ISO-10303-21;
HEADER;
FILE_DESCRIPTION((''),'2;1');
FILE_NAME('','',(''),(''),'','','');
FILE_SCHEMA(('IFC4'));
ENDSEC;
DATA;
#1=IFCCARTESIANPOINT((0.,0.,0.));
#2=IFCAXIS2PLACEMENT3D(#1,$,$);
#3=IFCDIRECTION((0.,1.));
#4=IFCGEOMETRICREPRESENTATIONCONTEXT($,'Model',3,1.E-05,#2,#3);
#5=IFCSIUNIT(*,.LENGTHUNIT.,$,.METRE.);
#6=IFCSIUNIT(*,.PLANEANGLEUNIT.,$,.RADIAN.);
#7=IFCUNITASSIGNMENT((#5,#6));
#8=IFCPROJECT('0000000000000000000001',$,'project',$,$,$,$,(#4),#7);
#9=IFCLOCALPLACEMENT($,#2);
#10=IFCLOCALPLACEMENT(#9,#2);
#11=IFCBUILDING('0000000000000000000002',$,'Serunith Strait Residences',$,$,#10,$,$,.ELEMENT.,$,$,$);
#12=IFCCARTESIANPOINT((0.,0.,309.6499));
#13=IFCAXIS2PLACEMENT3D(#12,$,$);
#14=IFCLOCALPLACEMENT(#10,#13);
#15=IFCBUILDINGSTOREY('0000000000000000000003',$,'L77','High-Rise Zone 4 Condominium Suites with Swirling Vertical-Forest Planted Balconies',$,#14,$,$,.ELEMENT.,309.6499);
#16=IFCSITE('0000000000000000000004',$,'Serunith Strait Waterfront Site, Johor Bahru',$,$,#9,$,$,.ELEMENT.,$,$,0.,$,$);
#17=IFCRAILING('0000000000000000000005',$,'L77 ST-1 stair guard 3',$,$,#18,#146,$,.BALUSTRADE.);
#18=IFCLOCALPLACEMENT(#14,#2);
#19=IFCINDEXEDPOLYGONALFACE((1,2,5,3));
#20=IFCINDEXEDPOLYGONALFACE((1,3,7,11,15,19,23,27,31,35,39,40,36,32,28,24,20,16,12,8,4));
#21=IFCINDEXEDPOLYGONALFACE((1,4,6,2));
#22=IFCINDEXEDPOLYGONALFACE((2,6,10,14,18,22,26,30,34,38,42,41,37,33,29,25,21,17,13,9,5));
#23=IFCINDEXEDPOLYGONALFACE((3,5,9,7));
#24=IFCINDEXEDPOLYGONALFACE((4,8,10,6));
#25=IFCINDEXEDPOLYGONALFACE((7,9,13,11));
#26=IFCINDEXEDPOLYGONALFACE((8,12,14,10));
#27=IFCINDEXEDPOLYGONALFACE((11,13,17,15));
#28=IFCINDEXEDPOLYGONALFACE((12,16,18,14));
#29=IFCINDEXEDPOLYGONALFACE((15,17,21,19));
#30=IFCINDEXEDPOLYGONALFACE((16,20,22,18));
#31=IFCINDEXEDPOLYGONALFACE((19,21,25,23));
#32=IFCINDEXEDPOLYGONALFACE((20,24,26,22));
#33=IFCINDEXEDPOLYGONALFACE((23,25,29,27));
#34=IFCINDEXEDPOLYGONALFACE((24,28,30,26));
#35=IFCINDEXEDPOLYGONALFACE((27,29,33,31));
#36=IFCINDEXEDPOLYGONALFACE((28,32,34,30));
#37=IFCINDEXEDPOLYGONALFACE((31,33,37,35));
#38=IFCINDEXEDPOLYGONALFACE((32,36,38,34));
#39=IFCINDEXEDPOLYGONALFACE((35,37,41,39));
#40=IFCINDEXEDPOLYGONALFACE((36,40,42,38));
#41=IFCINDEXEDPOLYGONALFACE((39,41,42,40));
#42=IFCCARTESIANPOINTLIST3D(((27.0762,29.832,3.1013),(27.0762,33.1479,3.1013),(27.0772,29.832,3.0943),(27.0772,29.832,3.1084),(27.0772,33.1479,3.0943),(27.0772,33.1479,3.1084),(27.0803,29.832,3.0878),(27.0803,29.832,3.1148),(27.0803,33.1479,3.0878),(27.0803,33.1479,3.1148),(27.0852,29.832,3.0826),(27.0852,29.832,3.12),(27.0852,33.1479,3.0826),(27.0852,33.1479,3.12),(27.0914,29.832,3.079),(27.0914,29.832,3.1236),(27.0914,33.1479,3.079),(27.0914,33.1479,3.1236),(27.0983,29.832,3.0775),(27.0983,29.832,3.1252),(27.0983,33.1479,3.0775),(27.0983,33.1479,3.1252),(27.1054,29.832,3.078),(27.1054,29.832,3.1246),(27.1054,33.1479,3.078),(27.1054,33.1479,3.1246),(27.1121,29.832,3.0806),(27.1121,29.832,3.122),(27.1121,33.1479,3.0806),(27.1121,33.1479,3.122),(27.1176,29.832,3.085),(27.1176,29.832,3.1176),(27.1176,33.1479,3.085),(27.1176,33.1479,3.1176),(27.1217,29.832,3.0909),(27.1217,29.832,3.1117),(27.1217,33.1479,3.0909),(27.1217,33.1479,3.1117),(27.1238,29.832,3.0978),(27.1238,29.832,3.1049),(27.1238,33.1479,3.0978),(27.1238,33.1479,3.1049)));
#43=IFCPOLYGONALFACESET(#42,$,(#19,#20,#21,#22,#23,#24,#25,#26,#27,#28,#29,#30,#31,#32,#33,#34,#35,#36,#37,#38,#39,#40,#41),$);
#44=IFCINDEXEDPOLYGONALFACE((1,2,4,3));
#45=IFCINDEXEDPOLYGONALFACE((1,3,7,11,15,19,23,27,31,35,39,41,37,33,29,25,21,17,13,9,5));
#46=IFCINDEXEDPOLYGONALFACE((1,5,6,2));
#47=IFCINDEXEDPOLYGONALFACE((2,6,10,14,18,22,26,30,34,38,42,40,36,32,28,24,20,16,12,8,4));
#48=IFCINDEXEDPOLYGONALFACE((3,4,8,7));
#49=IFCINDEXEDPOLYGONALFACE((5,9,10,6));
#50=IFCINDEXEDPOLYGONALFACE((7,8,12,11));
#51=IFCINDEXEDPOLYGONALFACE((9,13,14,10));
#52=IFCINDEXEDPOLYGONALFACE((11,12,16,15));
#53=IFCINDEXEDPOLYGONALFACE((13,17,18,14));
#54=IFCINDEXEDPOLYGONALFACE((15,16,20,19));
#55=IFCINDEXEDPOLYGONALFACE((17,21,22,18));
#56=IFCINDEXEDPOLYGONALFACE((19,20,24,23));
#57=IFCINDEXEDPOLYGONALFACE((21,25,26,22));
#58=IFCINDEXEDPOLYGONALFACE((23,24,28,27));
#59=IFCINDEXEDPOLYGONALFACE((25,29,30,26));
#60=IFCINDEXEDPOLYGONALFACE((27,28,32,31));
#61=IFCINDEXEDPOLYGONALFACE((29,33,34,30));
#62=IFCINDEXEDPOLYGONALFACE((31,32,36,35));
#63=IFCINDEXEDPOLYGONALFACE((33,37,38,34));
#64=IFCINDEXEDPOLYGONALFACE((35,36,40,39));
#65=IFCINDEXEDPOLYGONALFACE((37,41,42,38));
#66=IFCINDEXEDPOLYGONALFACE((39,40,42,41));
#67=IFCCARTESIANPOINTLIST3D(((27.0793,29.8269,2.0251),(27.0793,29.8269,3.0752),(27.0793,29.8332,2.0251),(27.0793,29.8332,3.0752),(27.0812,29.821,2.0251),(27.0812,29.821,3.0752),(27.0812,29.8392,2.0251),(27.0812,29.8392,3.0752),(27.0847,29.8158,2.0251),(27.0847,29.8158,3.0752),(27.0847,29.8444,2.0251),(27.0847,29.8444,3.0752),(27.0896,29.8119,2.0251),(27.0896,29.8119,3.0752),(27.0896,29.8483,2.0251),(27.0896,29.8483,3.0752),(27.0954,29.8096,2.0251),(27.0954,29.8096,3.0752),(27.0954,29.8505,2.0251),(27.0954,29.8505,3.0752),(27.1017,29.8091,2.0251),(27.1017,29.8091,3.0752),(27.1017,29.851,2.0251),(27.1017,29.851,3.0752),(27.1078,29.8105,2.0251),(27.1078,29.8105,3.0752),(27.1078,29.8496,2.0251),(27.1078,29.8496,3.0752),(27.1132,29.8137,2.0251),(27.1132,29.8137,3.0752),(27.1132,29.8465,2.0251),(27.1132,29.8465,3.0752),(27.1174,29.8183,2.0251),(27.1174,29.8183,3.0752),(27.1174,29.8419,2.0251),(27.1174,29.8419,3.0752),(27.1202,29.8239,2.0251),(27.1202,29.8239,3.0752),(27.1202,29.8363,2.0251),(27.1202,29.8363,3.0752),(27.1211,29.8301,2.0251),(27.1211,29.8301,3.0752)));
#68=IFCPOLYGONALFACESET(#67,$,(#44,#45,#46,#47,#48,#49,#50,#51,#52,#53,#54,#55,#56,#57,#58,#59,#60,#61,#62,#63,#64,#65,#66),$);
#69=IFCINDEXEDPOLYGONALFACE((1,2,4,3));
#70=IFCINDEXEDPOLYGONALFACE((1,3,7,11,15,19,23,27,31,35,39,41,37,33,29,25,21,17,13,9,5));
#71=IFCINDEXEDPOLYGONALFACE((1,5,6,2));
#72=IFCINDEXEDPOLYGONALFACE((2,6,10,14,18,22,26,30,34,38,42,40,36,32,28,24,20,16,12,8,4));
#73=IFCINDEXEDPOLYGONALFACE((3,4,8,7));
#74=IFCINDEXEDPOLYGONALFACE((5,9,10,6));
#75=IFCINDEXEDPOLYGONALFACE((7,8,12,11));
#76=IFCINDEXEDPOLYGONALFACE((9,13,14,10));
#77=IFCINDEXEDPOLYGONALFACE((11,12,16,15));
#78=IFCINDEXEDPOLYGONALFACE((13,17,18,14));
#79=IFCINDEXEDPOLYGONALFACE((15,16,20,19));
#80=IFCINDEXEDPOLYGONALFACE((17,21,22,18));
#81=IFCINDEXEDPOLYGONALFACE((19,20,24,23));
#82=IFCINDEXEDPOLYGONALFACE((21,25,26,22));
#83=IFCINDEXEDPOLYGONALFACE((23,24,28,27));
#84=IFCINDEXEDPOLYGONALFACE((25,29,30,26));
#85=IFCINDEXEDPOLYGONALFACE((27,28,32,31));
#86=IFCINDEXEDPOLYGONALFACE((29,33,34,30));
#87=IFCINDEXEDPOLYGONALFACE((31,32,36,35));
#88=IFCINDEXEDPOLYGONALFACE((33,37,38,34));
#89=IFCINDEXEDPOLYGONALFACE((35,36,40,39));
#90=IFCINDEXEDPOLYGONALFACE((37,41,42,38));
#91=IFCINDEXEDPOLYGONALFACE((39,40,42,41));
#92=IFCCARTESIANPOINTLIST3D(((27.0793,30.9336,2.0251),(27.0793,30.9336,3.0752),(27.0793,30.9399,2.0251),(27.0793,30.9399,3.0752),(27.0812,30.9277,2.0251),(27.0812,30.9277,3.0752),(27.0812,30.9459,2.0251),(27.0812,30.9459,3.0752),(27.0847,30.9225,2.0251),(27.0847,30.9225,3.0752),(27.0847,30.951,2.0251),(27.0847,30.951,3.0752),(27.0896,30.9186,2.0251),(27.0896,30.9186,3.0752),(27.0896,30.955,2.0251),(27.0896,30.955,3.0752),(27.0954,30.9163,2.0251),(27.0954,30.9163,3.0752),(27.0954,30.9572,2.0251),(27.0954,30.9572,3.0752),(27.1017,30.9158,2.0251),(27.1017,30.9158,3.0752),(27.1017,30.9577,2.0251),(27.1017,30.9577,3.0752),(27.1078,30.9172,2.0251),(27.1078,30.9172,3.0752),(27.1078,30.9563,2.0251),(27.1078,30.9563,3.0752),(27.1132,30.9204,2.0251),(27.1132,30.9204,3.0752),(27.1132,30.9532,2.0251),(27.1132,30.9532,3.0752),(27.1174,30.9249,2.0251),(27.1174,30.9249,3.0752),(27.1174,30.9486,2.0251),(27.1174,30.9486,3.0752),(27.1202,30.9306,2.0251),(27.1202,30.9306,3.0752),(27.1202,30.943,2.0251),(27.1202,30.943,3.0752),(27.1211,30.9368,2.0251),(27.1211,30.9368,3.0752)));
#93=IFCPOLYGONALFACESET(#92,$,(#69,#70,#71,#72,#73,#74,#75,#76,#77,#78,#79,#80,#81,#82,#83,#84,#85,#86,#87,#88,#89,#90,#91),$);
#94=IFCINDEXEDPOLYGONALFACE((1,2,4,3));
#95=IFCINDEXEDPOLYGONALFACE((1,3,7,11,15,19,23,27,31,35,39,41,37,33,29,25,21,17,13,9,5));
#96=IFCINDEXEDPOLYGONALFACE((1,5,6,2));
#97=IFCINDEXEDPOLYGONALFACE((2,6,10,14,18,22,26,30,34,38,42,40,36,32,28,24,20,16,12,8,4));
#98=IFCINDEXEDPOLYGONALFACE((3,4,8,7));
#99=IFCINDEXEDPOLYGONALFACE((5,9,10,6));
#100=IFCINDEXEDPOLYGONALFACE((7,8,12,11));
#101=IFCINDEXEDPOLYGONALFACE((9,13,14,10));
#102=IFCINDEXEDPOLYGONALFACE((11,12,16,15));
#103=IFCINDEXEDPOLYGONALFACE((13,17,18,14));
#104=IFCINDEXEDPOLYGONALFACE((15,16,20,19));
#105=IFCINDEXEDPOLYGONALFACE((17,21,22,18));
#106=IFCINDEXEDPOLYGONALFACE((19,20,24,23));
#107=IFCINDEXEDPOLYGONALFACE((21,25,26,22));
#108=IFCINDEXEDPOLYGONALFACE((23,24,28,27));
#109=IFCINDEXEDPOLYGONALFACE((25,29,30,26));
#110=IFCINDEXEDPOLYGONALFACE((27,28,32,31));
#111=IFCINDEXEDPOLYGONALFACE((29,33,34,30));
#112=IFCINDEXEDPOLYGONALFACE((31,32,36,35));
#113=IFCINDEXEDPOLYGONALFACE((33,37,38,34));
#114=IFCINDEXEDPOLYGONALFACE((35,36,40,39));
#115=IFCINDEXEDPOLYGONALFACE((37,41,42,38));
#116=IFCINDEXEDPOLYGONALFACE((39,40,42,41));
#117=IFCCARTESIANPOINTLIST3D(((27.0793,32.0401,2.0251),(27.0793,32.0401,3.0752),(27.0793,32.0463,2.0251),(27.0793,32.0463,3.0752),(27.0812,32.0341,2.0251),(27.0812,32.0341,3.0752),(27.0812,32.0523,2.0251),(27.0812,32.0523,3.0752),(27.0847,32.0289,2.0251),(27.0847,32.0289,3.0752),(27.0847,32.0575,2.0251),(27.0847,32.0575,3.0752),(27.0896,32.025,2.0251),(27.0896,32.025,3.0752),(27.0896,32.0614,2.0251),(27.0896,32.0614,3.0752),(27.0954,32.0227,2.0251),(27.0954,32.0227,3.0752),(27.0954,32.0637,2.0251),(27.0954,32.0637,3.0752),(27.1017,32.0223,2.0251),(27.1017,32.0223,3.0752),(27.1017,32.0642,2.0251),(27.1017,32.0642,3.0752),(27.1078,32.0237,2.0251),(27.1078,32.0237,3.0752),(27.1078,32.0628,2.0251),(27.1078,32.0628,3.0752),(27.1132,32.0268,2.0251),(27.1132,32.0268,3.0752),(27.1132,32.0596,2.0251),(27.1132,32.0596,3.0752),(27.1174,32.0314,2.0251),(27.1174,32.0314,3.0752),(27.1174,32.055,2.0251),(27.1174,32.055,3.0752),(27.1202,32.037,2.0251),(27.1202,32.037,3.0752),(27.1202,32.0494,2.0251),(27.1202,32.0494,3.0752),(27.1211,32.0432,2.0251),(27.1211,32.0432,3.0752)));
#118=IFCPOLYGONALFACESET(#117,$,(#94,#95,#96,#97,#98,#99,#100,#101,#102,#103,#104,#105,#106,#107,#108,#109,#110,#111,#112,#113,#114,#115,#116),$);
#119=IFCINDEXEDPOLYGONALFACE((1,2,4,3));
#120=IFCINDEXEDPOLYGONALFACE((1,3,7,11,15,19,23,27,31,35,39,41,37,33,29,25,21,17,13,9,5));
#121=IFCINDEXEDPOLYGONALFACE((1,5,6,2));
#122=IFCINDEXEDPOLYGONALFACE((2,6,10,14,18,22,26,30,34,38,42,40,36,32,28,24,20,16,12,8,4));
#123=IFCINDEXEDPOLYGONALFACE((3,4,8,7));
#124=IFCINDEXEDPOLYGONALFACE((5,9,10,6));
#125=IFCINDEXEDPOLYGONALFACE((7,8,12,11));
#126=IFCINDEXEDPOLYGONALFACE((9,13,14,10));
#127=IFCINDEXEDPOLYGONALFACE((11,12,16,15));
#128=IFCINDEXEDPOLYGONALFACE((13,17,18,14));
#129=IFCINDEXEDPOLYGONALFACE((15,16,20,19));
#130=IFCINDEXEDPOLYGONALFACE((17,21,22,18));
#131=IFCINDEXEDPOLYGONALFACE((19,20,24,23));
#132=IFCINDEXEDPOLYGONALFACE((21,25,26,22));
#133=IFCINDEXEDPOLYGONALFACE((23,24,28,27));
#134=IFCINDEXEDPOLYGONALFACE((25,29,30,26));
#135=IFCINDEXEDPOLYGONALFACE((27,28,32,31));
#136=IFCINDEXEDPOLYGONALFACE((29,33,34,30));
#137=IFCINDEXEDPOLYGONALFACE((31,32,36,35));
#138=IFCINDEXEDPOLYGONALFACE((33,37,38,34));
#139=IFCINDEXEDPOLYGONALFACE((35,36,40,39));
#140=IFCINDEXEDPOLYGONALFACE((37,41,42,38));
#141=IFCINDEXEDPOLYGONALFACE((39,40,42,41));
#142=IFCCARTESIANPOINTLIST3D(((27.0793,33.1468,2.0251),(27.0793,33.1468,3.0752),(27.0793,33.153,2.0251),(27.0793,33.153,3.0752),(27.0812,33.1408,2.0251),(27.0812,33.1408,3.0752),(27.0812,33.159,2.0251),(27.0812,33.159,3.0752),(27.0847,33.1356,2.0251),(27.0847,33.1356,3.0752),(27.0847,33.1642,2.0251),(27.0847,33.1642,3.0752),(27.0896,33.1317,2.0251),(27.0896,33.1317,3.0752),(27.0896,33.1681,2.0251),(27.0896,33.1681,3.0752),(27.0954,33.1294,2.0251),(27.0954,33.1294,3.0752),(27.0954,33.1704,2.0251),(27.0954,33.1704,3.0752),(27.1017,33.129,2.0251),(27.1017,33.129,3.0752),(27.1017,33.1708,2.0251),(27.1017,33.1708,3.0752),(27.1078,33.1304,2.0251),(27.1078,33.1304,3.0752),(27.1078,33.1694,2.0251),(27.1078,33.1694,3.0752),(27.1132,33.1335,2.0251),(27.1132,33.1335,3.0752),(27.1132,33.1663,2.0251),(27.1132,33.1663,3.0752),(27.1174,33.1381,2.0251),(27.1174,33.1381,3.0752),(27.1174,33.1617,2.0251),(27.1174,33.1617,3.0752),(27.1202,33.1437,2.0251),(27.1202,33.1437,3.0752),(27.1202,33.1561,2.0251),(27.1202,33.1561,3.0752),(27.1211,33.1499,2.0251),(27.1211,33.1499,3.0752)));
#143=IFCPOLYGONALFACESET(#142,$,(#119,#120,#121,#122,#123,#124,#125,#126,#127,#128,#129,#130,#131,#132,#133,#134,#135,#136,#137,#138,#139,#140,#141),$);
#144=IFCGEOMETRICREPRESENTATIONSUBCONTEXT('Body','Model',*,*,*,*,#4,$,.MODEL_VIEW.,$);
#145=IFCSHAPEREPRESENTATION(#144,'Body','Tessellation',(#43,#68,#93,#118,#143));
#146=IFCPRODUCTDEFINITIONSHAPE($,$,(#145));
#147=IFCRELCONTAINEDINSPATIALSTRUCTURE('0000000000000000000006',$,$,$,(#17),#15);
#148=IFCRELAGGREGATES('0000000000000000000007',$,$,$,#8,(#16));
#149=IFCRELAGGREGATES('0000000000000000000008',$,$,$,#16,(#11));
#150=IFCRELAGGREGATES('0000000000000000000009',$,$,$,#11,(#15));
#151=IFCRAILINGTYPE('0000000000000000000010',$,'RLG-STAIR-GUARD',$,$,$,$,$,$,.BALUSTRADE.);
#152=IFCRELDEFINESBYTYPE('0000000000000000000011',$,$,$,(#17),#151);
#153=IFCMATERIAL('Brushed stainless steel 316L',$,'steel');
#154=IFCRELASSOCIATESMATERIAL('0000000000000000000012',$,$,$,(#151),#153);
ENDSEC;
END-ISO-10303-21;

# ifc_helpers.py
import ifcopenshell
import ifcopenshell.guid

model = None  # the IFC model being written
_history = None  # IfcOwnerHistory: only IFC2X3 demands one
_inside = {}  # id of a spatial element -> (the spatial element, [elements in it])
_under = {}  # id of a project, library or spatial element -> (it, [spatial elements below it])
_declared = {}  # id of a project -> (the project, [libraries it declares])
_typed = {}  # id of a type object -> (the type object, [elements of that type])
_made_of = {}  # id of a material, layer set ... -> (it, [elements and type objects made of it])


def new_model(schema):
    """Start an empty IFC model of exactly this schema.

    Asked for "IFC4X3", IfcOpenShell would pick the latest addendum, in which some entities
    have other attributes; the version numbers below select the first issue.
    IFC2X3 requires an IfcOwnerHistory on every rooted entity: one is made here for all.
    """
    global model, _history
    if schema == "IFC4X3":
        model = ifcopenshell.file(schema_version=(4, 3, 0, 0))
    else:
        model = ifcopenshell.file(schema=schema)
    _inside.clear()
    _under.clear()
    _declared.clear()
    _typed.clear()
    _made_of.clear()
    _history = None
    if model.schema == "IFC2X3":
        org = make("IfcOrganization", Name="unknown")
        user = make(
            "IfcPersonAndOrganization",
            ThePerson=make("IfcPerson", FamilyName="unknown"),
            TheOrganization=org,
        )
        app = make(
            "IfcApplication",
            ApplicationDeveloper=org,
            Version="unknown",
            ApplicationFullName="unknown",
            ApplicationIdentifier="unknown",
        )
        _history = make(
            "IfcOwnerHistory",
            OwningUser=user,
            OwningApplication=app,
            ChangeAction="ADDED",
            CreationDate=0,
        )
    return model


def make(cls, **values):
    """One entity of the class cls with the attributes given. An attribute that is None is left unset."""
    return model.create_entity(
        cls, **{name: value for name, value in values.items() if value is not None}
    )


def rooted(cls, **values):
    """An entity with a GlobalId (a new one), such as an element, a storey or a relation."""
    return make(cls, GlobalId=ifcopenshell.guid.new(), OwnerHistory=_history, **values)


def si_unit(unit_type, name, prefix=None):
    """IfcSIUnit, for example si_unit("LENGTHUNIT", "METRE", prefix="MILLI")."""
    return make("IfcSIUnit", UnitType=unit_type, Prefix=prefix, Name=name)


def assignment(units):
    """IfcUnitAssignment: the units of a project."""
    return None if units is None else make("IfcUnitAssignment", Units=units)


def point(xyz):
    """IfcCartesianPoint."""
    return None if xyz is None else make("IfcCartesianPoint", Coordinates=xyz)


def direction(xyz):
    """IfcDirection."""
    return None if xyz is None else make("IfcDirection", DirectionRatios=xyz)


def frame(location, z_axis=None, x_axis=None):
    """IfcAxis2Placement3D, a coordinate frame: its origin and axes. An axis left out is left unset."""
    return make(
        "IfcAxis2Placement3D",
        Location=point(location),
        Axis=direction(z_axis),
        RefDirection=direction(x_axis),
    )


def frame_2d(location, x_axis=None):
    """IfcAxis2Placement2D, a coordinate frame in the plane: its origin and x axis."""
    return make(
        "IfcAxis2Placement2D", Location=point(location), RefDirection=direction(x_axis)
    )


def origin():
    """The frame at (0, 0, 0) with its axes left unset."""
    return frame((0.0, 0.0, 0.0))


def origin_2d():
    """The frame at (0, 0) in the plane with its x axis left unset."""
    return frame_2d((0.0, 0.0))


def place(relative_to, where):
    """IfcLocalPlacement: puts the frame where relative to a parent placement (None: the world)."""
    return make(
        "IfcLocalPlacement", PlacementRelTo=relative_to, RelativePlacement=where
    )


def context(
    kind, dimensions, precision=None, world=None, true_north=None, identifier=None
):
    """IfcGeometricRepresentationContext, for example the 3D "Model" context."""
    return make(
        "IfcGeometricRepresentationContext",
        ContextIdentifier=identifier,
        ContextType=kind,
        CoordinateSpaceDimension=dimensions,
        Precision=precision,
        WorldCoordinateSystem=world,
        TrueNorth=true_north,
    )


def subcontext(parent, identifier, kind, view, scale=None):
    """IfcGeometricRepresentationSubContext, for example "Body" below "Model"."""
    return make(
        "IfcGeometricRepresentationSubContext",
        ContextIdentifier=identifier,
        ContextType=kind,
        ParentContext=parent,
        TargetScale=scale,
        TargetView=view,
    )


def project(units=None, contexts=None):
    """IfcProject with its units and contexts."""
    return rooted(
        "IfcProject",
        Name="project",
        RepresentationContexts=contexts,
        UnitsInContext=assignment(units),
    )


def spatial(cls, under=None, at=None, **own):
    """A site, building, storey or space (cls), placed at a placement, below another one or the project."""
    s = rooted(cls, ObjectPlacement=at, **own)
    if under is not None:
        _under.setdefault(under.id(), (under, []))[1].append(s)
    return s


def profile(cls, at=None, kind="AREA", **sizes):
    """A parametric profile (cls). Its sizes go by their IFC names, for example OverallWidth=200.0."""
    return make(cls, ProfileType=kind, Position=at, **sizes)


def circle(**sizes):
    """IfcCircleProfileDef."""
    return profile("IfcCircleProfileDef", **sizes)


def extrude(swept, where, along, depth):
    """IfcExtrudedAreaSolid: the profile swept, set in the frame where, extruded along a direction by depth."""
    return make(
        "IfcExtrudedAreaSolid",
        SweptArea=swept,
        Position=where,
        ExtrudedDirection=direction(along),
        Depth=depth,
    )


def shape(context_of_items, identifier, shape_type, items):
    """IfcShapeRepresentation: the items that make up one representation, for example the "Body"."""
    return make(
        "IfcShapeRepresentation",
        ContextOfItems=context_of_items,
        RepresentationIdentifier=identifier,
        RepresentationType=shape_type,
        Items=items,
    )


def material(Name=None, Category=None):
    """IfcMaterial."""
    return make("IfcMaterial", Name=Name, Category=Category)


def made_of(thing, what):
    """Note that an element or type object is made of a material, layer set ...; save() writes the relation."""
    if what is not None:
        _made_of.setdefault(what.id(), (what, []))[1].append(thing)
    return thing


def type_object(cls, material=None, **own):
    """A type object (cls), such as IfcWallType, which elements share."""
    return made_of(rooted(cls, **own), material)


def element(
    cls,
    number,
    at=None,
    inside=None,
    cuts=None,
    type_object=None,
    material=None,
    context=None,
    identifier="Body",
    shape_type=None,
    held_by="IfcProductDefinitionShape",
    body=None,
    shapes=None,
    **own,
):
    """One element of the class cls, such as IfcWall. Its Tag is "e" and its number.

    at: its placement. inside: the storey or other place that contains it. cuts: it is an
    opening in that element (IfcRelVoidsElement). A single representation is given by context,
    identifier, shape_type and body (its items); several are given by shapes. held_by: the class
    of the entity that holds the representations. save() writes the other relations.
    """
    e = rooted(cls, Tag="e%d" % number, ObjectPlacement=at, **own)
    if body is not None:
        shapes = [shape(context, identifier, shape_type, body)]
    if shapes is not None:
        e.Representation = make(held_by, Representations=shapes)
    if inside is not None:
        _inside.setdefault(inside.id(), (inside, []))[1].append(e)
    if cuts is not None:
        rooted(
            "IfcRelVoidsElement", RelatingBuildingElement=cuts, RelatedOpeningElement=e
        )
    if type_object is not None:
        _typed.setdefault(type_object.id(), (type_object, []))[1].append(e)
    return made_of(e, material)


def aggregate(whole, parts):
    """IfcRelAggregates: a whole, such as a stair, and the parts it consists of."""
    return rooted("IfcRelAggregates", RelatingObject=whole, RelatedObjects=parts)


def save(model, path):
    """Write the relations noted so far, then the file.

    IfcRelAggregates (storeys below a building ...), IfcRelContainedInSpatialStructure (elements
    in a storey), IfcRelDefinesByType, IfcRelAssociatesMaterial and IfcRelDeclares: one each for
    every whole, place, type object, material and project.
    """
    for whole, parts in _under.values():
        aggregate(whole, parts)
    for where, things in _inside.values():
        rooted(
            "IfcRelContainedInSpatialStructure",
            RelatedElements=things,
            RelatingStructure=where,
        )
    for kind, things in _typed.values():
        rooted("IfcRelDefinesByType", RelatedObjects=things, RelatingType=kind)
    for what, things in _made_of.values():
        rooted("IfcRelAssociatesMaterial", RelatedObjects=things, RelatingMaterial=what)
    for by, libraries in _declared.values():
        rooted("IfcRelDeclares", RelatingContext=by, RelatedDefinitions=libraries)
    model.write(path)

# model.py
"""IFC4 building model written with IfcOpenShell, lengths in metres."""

from ifc_helpers import new_model, si_unit, direction, frame, origin, origin_2d, place, context, subcontext, project, spatial, circle, extrude, material, type_object, element, save


model = new_model("IFC4")

# Units and contexts
model_context = context("Model", 3, precision=1e-05, world=origin(), true_north=direction((0.0, 1.0)))
body_context = subcontext(model_context, "Body", "Model", "MODEL_VIEW")
ifc_project = project(units=[si_unit("LENGTHUNIT", "METRE"), si_unit("PLANEANGLEUNIT", "RADIAN")], contexts=[model_context])

# Site, building, storey
site_placement = place(None, origin())
site = spatial("IfcSite", under=ifc_project, at=site_placement, Name="Serunith Strait Waterfront Site, Johor Bahru", CompositionType="ELEMENT", RefElevation=0.0)
building_placement = place(site_placement, origin())
building = spatial("IfcBuilding", under=site, at=building_placement, Name="Serunith Strait Residences", CompositionType="ELEMENT")
storey_placement = place(building_placement, frame((0.0, 0.0, 309.6499)))
storey = spatial("IfcBuildingStorey", under=building, at=storey_placement, Name="L77", Description="High-Rise Zone 4 Condominium Suites with Swirling Vertical-Forest Planted Balconies", CompositionType="ELEMENT", Elevation=309.6499)

# Railing
ifc_material_1 = material(Name="Brushed stainless steel 316L", Category="steel")
railing_type_1 = type_object("IfcRailingType", Name="RLG-STAIR-GUARD", PredefinedType="BALUSTRADE", material=ifc_material_1)
for number, where, name in (
    (1, (27.1001, 29.8301, 2.0251), "L77 ST-1 stair guard 3"),
):
    element("IfcRailing", number, at=place(storey_placement, frame(where)), inside=storey, type_object=railing_type_1, Name=name, PredefinedType="BALUSTRADE", context=body_context, shape_type="SweptSolid", body=[
        extrude(circle(Radius=0.0239, at=origin_2d()), frame((0.0, 0.002, 1.0762), z_axis=(0.0, 1.0, 0.0), x_axis=(-1.0, 0.0, 0.0)), (0.0, 0.0, 1.0), 3.3159),
        extrude(circle(Radius=0.021, at=origin_2d()), origin(), (0.0, 0.0, 1.0), 1.05),
        extrude(circle(Radius=0.021, at=origin_2d()), frame((0.0, 1.1067, 0.0)), (0.0, 0.0, 1.0), 1.05),
        extrude(circle(Radius=0.021, at=origin_2d()), frame((0.0, 2.2131, 0.0)), (0.0, 0.0, 1.0), 1.05),
        extrude(circle(Radius=0.021, at=origin_2d()), frame((0.0, 3.3198, 0.0)), (0.0, 0.0, 1.0), 1.05),
    ])

save(model, "model.ifc")
